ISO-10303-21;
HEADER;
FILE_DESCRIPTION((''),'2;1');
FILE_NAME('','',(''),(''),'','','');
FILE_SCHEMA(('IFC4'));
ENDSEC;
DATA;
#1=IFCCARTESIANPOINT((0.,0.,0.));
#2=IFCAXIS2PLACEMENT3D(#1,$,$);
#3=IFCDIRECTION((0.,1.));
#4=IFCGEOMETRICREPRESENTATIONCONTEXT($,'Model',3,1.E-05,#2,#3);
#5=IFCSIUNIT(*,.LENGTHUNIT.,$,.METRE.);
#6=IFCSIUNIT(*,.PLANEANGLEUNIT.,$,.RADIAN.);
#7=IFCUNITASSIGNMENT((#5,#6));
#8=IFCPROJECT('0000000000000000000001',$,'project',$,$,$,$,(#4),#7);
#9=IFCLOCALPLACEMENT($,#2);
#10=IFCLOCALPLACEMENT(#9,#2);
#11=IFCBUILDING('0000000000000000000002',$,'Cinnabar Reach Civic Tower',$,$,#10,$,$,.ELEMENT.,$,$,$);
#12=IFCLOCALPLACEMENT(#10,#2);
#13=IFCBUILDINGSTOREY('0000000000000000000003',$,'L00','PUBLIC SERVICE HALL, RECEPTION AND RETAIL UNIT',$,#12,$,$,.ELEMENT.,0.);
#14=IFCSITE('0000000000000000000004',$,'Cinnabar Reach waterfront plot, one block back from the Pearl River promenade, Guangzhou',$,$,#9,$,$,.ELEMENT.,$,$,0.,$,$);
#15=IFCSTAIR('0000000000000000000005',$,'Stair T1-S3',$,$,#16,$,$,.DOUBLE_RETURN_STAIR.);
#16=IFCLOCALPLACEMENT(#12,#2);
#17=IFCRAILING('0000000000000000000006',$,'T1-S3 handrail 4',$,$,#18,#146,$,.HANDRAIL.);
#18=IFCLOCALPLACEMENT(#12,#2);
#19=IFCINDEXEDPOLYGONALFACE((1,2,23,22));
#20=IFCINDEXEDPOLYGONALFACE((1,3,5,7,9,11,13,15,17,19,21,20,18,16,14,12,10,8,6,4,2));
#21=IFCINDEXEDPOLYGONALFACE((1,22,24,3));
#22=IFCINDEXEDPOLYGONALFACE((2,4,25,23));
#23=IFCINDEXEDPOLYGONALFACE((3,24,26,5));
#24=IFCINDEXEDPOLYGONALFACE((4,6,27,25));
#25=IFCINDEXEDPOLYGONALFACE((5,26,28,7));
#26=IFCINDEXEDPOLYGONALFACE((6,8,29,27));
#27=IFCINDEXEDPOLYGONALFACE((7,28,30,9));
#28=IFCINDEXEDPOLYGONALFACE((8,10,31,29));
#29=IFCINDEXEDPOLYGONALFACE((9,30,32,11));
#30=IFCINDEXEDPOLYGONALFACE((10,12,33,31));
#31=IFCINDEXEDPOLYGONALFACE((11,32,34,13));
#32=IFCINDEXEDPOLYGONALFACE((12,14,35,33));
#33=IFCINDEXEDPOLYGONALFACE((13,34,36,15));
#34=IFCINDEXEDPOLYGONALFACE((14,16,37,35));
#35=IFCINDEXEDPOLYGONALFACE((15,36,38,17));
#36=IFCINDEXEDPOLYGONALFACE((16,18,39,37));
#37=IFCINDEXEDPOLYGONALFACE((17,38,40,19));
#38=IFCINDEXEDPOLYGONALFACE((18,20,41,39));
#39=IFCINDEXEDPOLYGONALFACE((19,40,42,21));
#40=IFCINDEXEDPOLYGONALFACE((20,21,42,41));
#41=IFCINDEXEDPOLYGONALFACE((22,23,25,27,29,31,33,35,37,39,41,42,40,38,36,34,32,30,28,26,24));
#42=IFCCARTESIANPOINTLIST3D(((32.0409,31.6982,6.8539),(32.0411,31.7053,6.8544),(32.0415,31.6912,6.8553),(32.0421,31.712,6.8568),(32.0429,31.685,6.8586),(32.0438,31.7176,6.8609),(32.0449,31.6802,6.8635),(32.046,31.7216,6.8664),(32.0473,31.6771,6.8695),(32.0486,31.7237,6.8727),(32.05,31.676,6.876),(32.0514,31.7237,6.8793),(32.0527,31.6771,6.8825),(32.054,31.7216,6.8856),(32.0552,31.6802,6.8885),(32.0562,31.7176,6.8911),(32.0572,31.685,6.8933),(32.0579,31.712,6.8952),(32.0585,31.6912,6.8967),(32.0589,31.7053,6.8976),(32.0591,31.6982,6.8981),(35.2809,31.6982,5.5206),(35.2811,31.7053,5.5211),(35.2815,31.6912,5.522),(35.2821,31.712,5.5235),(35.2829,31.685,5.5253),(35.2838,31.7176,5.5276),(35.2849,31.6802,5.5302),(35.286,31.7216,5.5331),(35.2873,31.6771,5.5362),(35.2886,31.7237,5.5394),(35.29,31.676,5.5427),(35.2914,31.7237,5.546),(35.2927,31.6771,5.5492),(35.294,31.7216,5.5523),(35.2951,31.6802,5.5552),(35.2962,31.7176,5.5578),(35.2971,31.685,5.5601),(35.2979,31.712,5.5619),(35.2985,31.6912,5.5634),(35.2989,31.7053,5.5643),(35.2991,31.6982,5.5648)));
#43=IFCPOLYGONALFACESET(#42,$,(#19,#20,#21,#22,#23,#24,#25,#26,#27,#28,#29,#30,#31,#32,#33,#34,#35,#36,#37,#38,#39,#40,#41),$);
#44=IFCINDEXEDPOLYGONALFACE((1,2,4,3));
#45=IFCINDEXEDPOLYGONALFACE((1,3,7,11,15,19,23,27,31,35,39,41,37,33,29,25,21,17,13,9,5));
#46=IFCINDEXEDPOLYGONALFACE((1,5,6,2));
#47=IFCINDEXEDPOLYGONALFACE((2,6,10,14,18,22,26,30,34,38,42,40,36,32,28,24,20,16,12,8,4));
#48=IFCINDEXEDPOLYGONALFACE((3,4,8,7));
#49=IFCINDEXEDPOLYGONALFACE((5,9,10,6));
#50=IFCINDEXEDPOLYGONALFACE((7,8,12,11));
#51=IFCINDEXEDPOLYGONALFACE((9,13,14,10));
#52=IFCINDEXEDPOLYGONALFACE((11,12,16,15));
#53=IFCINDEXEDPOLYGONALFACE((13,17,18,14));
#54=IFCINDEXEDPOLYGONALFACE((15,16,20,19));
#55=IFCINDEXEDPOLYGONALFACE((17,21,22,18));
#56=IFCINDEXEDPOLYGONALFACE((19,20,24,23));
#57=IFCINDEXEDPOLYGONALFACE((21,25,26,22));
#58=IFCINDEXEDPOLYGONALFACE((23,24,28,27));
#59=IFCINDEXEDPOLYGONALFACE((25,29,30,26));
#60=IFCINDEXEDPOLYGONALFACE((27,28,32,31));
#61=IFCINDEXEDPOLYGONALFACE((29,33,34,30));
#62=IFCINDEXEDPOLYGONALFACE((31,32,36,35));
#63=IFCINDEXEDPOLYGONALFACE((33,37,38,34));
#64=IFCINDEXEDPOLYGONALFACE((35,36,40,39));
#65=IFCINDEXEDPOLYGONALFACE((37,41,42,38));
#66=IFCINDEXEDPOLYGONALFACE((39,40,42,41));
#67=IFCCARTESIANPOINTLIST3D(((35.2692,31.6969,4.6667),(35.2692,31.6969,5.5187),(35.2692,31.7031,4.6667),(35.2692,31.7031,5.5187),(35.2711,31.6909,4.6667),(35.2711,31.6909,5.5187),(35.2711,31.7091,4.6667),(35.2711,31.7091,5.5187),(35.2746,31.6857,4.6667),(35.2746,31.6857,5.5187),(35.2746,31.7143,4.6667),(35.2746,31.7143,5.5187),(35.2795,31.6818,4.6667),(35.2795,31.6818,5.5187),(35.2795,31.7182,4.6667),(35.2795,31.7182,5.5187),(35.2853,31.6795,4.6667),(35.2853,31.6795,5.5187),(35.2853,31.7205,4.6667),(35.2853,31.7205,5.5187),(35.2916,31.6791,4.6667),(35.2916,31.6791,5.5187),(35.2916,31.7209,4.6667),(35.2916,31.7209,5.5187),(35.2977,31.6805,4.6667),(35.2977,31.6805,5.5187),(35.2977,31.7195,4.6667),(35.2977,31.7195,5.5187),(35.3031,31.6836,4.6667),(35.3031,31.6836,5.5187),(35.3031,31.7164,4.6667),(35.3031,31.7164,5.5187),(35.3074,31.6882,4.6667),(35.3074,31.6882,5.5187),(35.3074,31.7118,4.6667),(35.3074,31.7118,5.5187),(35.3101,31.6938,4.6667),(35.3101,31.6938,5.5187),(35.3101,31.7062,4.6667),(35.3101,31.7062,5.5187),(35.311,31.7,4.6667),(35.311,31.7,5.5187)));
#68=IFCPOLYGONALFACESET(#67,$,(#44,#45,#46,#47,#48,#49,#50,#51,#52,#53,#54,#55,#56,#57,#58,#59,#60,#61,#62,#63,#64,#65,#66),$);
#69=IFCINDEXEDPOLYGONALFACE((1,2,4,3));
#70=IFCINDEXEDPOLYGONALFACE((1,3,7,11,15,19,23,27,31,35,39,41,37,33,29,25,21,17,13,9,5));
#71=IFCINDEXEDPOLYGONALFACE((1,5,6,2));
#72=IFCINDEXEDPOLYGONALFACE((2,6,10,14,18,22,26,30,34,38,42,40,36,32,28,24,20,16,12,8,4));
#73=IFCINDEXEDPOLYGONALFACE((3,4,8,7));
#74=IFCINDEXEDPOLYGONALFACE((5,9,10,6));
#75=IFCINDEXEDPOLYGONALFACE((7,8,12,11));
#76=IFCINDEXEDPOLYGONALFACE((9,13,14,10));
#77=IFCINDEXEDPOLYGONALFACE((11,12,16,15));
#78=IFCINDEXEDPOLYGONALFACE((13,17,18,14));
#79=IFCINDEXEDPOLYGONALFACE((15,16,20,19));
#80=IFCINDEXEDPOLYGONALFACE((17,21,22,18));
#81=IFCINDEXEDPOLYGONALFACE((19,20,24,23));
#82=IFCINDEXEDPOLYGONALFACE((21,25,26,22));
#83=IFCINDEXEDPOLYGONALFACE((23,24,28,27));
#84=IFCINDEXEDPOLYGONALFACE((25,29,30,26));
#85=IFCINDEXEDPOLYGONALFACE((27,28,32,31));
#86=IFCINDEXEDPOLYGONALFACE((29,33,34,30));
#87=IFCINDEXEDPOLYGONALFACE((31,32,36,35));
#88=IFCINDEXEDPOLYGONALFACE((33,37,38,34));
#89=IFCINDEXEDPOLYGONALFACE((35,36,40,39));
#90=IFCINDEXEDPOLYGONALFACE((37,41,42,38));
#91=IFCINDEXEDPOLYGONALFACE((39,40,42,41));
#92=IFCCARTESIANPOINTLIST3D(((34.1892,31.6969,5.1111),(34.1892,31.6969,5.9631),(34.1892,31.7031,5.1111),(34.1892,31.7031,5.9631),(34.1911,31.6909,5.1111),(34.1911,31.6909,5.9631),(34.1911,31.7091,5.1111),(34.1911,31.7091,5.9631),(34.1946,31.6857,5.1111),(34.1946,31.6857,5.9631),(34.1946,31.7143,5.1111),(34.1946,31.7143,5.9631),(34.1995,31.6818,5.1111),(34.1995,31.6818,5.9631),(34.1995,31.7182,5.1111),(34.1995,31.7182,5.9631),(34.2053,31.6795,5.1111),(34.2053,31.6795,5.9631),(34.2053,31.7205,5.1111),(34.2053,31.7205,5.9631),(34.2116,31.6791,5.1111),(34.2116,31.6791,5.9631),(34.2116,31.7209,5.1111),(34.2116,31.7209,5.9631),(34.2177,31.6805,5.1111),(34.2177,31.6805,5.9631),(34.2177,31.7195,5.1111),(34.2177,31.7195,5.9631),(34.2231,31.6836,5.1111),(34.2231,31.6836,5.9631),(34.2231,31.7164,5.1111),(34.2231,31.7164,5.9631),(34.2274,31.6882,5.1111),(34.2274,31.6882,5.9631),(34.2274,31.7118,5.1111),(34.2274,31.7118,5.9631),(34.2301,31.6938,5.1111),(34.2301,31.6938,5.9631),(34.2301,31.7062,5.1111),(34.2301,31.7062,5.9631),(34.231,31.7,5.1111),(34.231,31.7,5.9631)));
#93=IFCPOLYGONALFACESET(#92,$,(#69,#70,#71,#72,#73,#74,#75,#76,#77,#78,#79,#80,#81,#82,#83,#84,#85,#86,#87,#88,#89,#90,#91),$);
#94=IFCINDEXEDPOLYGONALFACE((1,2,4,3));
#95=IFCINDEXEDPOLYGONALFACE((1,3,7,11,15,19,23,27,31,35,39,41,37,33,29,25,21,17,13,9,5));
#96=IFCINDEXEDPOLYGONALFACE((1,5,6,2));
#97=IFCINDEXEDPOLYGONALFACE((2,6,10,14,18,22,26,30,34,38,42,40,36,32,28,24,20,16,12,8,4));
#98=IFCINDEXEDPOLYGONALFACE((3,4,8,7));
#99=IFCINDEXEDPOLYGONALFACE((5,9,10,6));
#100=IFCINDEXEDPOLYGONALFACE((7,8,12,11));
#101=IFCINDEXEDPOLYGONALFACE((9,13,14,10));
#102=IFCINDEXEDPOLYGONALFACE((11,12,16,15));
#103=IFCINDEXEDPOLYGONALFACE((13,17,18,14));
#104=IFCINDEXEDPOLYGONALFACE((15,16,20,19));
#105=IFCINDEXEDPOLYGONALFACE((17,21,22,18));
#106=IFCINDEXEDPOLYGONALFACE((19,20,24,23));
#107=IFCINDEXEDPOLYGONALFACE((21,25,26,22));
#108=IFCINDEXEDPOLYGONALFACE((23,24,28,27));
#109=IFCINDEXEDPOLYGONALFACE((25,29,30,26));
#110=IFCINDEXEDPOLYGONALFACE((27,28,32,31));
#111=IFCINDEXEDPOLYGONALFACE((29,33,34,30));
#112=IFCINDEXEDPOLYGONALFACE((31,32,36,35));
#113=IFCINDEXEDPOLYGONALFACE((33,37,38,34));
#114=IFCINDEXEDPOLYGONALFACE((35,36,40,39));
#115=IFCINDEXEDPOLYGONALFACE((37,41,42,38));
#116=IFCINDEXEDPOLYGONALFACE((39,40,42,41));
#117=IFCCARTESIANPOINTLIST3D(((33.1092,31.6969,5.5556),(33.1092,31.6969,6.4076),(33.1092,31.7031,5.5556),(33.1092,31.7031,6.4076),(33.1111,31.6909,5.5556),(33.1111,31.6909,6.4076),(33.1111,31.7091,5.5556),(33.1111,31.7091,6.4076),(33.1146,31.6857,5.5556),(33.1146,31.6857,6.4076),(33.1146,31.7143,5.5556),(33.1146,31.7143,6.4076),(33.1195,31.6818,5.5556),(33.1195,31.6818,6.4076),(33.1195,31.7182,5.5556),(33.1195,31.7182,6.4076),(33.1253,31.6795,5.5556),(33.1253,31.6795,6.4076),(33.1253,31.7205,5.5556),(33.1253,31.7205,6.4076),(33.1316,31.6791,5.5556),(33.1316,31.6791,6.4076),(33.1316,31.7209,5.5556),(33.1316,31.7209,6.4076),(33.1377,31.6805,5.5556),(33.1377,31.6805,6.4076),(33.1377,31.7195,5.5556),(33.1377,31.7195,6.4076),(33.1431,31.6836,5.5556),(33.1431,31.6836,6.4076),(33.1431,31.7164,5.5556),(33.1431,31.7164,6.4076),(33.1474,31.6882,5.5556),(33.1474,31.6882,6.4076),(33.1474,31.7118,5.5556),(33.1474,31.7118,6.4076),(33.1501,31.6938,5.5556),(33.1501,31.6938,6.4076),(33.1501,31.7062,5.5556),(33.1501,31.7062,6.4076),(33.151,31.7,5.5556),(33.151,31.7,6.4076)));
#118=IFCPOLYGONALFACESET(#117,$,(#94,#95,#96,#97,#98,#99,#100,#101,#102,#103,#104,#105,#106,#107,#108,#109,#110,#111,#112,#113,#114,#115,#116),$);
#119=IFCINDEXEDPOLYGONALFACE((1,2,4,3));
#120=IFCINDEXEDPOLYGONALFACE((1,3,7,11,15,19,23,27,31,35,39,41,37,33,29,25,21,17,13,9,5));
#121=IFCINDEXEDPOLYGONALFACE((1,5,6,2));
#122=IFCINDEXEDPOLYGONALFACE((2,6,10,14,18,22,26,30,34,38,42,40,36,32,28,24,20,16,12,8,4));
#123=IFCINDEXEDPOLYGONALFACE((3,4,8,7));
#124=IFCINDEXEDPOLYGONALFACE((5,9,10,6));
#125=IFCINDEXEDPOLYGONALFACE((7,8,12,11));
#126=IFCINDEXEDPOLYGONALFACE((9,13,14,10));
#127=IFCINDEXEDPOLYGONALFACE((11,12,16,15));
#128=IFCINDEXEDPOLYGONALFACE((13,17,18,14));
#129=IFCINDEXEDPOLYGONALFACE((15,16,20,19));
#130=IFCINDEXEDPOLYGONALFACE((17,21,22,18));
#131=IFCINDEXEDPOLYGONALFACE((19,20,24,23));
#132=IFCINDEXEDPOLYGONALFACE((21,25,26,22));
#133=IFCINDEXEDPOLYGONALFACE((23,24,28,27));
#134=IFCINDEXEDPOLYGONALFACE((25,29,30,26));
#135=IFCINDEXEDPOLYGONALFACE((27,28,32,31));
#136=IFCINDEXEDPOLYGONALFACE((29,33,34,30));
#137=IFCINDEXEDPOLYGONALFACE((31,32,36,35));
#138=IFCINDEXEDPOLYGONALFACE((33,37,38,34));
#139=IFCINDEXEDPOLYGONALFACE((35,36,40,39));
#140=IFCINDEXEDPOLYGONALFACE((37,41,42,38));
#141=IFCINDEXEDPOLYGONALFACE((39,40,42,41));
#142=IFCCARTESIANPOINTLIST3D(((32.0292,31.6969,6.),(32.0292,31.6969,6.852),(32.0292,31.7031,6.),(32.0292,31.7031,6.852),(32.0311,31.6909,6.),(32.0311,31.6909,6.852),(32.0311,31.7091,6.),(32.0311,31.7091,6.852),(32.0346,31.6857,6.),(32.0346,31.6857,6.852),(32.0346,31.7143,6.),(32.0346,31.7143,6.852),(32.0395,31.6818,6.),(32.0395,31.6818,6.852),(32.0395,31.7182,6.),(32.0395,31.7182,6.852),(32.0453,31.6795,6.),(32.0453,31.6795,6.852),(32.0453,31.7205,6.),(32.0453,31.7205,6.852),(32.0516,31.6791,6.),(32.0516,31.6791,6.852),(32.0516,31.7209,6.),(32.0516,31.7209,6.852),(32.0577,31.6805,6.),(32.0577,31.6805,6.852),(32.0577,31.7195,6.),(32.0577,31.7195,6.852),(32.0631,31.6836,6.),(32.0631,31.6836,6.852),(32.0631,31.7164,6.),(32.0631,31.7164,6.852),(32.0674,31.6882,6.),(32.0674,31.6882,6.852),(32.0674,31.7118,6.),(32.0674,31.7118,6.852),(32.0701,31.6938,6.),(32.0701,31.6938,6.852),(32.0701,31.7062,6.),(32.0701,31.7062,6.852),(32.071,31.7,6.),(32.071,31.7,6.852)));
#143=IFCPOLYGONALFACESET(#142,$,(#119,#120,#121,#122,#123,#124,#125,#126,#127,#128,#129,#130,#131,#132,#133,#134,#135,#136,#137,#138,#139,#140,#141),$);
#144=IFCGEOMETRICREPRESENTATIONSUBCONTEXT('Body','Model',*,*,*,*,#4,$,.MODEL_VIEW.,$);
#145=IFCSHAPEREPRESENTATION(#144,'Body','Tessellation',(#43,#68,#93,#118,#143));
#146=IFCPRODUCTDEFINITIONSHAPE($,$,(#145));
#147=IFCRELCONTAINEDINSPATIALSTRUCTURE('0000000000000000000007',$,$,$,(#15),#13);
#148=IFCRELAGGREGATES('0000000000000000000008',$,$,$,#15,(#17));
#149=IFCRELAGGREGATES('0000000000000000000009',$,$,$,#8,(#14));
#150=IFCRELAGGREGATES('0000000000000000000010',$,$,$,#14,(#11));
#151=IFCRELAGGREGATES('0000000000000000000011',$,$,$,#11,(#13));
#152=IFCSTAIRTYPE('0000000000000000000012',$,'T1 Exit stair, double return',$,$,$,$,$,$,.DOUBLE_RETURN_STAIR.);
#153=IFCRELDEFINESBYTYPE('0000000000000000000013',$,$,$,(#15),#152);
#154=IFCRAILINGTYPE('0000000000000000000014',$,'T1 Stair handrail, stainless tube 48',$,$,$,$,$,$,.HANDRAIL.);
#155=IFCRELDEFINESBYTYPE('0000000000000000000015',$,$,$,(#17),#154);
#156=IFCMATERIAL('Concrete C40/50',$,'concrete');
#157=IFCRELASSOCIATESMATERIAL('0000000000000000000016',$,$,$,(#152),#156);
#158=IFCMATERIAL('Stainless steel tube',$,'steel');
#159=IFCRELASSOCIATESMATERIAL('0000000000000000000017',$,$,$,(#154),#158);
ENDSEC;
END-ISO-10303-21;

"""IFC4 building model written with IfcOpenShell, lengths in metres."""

from ifc_helpers import new_model, si_unit, direction, frame, origin, origin_2d, place, context, subcontext, project, spatial, circle, extrude, material, type_object, element, aggregate, save


model = new_model("IFC4")

# Units and contexts
model_context = context("Model", 3, precision=1e-05, world=origin(), true_north=direction((0.0, 1.0)))
body_context = subcontext(model_context, "Body", "Model", "MODEL_VIEW")
ifc_project = project(units=[si_unit("LENGTHUNIT", "METRE"), si_unit("PLANEANGLEUNIT", "RADIAN")], contexts=[model_context])

# Site, building, storey
site_placement = place(None, origin())
site = spatial("IfcSite", under=ifc_project, at=site_placement, Name="Cinnabar Reach waterfront plot, one block back from the Pearl River promenade, Guangzhou", CompositionType="ELEMENT", RefElevation=0.0)
building_placement = place(site_placement, origin())
building = spatial("IfcBuilding", under=site, at=building_placement, Name="Cinnabar Reach Civic Tower", CompositionType="ELEMENT")
storey_placement = place(building_placement, origin())
storey = spatial("IfcBuildingStorey", under=building, at=storey_placement, Name="L00", Description="PUBLIC SERVICE HALL, RECEPTION AND RETAIL UNIT", CompositionType="ELEMENT", Elevation=0.0)

# Stair, railing
ifc_material_1 = material(Name="Concrete C40/50", Category="concrete")
stair_type = type_object("IfcStairType", Name="T1 Exit stair, double return", PredefinedType="DOUBLE_RETURN_STAIR", material=ifc_material_1)
stair_placement = place(storey_placement, origin())
stair = element("IfcStair", 1, at=stair_placement, inside=storey, type_object=stair_type, Name="Stair T1-S3", PredefinedType="DOUBLE_RETURN_STAIR")
ifc_material_2 = material(Name="Stainless steel tube", Category="steel")
railing_type = type_object("IfcRailingType", Name="T1 Stair handrail, stainless tube 48", PredefinedType="HANDRAIL", material=ifc_material_2)
railing_1_placement = place(storey_placement, frame((35.29, 31.7, 4.6667)))
railing_1 = element("IfcRailing", 2, at=railing_1_placement, type_object=railing_type, Name="T1-S3 handrail 4", PredefinedType="HANDRAIL", context=body_context, shape_type="SweptSolid", body=[
    extrude(circle(Radius=0.024, at=origin_2d()), frame((0.0, 0.0, 0.876), z_axis=(-0.92476, 0.0, 0.38055), x_axis=(0.0, -1.0, 0.0)), (0.0, 0.0, 1.0), 3.5036),
    extrude(circle(Radius=0.021, at=origin_2d()), origin(), (0.0, 0.0, 1.0), 0.852),
    extrude(circle(Radius=0.021, at=origin_2d()), frame((-1.08, 0.0, 0.4444)), (0.0, 0.0, 1.0), 0.852),
    extrude(circle(Radius=0.021, at=origin_2d()), frame((-2.16, 0.0, 0.8889)), (0.0, 0.0, 1.0), 0.852),
    extrude(circle(Radius=0.021, at=origin_2d()), frame((-3.24, 0.0, 1.3333)), (0.0, 0.0, 1.0), 0.852),
])
aggregate(stair, [railing_1])

save(model, "model.ifc")
